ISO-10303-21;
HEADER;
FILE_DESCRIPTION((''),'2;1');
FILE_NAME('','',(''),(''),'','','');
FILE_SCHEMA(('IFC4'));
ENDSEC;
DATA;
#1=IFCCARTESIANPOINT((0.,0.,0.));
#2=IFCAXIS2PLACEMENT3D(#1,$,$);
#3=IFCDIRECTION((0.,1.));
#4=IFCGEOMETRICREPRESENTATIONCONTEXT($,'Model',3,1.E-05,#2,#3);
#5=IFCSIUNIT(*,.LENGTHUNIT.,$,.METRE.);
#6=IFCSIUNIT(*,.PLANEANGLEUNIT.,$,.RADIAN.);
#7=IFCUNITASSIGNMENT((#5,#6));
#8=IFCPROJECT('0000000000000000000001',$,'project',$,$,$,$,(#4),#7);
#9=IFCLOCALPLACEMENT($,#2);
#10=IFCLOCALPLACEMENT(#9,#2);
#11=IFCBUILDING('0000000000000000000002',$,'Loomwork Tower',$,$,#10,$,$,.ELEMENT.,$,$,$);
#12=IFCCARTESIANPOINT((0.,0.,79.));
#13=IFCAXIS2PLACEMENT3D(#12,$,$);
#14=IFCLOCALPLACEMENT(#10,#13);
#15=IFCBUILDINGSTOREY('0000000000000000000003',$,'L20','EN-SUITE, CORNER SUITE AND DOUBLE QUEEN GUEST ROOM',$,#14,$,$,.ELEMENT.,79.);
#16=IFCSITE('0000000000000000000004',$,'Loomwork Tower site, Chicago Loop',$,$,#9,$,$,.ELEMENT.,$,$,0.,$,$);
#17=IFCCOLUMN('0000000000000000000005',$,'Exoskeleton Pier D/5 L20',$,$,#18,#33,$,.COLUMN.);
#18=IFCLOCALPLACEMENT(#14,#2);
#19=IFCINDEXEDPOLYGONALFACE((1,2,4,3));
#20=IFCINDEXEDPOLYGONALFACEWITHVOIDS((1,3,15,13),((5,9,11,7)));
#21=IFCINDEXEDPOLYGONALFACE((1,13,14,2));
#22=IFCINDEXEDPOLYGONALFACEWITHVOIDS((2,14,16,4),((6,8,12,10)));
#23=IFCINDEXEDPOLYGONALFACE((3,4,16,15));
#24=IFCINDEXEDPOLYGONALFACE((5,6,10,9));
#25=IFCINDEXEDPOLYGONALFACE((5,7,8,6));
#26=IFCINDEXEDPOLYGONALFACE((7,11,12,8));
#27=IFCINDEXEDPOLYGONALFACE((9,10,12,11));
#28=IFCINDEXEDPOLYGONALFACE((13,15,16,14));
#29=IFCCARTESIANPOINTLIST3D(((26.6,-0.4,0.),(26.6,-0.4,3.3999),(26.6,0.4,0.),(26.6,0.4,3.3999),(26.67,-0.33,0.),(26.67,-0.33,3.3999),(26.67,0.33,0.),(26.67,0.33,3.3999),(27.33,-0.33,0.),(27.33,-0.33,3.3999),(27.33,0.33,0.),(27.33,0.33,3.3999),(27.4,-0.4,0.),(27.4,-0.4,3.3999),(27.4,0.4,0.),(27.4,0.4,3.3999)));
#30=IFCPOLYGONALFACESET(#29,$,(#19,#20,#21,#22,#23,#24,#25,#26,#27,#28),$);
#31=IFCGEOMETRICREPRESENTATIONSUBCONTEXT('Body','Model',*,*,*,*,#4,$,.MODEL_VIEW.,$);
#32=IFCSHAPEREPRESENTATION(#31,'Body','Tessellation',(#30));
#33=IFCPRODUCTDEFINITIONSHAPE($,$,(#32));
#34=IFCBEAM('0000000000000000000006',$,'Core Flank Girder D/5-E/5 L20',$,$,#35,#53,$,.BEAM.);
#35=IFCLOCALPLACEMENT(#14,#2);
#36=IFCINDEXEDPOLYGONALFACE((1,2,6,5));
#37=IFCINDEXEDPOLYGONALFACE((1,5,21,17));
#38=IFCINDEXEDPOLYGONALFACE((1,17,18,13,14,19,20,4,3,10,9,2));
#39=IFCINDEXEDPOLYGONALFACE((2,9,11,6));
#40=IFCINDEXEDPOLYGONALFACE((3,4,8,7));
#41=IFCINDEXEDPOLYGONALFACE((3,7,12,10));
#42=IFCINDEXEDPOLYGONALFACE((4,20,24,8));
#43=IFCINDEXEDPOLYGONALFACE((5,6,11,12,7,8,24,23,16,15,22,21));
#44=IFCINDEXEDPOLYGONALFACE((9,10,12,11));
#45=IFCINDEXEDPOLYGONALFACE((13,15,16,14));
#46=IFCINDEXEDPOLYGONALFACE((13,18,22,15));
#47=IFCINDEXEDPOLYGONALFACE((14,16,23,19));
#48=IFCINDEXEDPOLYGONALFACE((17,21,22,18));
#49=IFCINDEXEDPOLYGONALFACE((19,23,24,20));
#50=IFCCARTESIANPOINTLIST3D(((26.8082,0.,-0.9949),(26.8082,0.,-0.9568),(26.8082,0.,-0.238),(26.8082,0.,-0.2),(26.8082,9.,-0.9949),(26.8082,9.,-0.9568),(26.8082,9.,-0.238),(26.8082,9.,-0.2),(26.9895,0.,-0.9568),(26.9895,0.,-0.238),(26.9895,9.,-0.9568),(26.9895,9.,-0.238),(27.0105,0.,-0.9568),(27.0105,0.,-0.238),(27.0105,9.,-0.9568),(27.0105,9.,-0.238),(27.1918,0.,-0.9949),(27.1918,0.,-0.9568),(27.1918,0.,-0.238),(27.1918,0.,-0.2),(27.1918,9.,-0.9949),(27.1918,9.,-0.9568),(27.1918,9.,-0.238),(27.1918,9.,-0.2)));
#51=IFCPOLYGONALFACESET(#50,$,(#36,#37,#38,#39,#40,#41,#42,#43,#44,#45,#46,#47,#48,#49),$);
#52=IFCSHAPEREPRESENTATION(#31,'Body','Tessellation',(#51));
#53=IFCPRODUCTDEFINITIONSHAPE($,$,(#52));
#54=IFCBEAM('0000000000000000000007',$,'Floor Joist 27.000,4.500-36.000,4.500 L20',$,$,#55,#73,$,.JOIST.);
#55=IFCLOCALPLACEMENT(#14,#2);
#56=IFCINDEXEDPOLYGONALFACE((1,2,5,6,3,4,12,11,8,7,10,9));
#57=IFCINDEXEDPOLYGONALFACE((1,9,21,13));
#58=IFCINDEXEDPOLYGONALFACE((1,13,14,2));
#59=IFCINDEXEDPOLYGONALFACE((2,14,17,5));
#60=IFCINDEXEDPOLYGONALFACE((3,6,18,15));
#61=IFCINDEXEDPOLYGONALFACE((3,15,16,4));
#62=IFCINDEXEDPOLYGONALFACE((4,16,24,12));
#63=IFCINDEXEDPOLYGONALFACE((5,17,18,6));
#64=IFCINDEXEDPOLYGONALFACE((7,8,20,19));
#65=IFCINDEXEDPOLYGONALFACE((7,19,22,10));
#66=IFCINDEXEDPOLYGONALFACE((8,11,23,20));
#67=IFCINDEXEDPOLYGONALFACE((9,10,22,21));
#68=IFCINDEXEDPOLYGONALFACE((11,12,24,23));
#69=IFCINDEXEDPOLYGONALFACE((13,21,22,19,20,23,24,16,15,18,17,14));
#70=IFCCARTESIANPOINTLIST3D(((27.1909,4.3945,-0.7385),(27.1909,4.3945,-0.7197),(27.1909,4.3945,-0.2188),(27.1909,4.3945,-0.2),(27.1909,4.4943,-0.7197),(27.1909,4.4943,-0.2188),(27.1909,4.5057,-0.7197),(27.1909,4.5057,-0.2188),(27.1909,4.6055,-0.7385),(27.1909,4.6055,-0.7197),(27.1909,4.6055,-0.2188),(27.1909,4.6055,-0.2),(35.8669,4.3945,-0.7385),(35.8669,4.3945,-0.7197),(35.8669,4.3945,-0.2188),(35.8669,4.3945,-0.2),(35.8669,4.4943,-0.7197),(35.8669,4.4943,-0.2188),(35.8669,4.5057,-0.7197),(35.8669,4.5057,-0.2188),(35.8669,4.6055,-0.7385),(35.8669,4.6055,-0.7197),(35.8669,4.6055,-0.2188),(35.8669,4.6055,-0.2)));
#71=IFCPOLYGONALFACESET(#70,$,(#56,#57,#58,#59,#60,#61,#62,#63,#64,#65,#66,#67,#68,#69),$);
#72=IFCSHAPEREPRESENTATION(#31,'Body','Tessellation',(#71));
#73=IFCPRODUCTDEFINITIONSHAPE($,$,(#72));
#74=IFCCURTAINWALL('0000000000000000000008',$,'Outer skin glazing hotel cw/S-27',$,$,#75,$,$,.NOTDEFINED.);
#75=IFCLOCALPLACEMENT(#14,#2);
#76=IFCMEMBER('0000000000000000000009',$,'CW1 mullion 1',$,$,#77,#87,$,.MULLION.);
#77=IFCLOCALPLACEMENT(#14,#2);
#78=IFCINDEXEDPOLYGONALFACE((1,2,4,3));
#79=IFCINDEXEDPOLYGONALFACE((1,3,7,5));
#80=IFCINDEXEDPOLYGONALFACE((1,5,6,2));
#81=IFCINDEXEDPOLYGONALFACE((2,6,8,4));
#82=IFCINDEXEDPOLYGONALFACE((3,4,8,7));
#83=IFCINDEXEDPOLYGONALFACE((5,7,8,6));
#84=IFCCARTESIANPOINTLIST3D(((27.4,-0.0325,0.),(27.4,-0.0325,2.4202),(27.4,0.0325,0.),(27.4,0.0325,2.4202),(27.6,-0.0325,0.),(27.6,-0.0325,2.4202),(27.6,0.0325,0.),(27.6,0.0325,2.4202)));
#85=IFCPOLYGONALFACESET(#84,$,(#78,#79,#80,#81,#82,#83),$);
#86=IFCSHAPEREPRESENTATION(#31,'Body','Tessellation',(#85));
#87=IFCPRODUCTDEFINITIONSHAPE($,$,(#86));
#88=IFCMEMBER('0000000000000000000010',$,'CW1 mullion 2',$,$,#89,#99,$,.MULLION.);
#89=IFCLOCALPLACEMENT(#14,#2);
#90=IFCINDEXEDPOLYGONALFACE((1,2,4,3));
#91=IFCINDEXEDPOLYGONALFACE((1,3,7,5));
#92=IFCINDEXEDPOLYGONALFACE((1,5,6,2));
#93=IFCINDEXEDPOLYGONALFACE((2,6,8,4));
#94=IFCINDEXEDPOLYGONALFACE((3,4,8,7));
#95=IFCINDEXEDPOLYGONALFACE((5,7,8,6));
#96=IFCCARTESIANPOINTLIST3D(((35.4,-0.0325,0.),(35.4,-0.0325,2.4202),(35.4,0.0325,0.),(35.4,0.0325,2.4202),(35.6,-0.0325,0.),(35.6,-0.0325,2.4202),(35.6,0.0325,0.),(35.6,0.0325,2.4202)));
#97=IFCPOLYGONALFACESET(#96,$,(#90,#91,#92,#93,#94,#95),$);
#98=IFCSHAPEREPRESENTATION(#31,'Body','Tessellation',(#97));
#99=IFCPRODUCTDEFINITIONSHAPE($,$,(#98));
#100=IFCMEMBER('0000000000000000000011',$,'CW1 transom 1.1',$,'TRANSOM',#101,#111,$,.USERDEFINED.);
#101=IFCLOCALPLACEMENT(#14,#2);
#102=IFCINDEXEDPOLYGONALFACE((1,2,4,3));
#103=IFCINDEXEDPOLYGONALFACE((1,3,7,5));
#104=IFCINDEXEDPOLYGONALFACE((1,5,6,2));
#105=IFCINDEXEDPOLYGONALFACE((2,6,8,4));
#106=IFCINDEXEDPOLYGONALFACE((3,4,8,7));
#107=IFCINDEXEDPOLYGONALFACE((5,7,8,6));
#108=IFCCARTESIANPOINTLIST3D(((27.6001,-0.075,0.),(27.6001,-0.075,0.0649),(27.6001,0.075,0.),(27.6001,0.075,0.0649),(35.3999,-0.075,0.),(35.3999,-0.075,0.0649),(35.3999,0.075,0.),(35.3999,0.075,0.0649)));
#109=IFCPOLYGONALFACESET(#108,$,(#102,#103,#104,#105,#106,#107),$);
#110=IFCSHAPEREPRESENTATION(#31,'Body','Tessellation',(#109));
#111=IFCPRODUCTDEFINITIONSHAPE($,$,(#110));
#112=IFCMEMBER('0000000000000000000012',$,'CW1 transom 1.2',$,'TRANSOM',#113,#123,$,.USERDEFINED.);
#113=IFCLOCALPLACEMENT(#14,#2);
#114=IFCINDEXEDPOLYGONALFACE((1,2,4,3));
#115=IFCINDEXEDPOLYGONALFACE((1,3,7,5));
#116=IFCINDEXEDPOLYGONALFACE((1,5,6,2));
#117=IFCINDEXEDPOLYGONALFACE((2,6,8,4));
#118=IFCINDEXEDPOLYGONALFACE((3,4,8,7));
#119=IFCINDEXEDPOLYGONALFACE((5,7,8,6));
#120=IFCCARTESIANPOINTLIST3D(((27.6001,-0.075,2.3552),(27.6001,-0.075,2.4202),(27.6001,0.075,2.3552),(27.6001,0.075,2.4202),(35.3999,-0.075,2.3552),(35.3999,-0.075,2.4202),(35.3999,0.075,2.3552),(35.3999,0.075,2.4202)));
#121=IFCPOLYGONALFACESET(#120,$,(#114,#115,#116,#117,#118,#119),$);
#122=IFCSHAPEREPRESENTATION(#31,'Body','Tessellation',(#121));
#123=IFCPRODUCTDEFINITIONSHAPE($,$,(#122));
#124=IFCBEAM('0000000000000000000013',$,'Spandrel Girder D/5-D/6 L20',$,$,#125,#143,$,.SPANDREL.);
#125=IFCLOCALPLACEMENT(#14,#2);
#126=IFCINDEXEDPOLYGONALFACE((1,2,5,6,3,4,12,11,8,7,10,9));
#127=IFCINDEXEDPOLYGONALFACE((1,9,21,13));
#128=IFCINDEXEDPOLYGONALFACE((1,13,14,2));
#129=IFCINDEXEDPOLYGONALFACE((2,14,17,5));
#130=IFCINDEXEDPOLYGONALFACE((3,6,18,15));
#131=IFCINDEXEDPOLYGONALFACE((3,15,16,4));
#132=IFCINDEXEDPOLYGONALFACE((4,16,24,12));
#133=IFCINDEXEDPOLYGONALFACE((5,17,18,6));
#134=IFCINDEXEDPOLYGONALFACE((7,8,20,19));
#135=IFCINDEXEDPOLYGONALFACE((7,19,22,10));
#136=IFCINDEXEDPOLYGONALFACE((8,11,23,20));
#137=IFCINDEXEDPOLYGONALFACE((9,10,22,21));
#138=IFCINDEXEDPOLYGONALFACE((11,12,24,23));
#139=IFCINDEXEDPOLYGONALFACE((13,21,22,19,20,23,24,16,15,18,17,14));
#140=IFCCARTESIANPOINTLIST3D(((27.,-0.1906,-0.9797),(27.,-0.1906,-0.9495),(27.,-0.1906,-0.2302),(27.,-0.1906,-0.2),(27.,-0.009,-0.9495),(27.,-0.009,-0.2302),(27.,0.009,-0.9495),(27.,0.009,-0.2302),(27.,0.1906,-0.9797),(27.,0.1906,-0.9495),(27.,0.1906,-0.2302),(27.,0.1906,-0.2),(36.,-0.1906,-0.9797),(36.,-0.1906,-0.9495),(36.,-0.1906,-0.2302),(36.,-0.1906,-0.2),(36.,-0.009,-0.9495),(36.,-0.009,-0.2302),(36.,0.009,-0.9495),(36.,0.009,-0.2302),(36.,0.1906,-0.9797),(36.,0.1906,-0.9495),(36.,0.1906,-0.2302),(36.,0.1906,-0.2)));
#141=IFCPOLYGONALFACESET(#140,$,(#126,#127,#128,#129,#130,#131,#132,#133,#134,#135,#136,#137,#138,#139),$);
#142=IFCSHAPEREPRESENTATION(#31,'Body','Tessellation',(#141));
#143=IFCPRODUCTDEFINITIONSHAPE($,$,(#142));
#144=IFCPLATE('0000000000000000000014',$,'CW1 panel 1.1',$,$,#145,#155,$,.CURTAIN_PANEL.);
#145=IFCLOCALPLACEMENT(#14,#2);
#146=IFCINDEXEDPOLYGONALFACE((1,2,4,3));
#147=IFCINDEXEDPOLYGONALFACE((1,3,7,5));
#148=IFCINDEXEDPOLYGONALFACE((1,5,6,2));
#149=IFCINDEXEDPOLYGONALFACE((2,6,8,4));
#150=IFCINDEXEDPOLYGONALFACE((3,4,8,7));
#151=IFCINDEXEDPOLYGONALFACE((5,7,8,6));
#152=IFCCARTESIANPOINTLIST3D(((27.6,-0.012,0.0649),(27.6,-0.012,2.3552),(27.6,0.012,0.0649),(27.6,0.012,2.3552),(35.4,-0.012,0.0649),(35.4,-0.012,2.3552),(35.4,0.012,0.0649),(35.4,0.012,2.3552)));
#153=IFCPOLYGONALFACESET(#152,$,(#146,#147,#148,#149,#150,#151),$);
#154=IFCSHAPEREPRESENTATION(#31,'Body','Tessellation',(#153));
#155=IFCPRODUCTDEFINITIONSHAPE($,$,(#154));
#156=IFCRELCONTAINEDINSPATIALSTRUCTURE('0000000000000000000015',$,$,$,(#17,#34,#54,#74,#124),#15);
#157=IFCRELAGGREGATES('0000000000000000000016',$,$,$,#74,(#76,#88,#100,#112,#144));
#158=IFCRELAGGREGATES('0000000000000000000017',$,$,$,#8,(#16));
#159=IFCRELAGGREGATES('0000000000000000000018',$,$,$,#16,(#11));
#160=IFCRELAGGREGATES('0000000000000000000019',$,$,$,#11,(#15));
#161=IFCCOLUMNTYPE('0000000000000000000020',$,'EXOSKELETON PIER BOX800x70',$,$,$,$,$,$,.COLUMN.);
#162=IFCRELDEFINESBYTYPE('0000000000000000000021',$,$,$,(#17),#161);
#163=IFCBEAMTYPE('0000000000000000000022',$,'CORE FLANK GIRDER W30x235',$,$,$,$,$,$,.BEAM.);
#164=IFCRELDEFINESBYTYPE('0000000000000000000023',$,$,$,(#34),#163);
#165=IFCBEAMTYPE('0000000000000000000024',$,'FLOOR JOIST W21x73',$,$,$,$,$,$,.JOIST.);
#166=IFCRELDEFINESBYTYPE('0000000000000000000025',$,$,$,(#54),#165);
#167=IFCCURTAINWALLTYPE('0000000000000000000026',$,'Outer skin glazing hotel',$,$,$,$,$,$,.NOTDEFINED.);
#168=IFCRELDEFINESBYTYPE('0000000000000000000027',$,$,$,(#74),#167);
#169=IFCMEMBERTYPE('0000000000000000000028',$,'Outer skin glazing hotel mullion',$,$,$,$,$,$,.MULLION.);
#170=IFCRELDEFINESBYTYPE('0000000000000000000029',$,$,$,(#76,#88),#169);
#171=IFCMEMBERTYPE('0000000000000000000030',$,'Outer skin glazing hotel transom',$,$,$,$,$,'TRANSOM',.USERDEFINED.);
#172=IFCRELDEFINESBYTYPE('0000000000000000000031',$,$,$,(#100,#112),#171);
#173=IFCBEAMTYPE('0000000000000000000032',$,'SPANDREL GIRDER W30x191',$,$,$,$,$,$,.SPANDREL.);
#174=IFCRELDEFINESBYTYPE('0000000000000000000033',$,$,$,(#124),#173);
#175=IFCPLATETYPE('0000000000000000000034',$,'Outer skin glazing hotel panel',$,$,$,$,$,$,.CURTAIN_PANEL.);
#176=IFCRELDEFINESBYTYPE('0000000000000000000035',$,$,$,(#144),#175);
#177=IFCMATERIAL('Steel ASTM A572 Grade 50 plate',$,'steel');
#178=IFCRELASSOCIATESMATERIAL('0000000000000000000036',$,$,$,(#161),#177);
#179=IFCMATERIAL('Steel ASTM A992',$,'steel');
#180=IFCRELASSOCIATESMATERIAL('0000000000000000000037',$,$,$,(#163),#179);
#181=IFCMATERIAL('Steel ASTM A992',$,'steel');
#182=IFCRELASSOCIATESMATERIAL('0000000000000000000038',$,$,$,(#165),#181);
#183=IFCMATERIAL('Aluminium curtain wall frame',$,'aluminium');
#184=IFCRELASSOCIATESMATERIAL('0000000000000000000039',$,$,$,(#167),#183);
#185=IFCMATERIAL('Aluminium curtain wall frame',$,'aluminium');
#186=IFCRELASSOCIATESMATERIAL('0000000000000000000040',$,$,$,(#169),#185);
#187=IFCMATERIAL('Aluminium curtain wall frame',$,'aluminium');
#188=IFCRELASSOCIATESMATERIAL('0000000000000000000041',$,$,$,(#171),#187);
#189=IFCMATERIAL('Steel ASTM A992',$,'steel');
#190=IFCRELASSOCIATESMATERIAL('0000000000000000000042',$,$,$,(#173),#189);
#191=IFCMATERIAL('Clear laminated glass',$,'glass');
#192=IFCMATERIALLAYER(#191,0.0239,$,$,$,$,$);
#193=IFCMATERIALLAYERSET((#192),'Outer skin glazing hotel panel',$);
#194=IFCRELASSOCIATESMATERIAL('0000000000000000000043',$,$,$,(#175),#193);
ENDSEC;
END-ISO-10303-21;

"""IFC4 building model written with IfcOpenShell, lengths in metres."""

from ifc_helpers import new_model, si_unit, direction, frame, origin, origin_2d, place, context, subcontext, project, spatial, rectangle, hollow_rectangle, i_section, extrude, material, layer, layer_set, material_profile, profile_set, type_object, element, aggregate, save


model = new_model("IFC4")

# Units and contexts
model_context = context("Model", 3, precision=1e-05, world=origin(), true_north=direction((0.0, 1.0)))
body_context = subcontext(model_context, "Body", "Model", "MODEL_VIEW")
ifc_project = project(units=[si_unit("LENGTHUNIT", "METRE"), si_unit("PLANEANGLEUNIT", "RADIAN")], contexts=[model_context])

# Site, building, storey
site_placement = place(None, origin())
site = spatial("IfcSite", under=ifc_project, at=site_placement, Name="Loomwork Tower site, Chicago Loop", CompositionType="ELEMENT", RefElevation=0.0)
building_placement = place(site_placement, origin())
building = spatial("IfcBuilding", under=site, at=building_placement, Name="Loomwork Tower", CompositionType="ELEMENT")
storey_placement = place(building_placement, frame((0.0, 0.0, 79.0)))
storey = spatial("IfcBuildingStorey", under=building, at=storey_placement, Name="L20", Description="EN-SUITE, CORNER SUITE AND DOUBLE QUEEN GUEST ROOM", CompositionType="ELEMENT", Elevation=79.0)

# Column
ifc_material_1 = material(Name="Steel ASTM A572 Grade 50 plate", Category="steel")
ifc_material_profile_1 = material_profile(ifc_material_1, hollow_rectangle(XDim=0.8, YDim=0.8, WallThickness=0.0701, at=origin_2d()), Name="BOX800x70")
ifc_profile_set_1 = profile_set([ifc_material_profile_1], Name="Steel ASTM A572 Grade 50 plate")
column_type = type_object("IfcColumnType", Name="EXOSKELETON PIER BOX800x70", PredefinedType="COLUMN", material=ifc_profile_set_1)
column_placement = place(storey_placement, frame((27.0, 0.0, 0.0), z_axis=(0.0, 0.0, 1.0), x_axis=(1.0, 0.0, 0.0)))
element("IfcColumn", 1, at=column_placement, inside=storey, type_object=column_type, Name="Exoskeleton Pier D/5 L20", PredefinedType="COLUMN", context=body_context, shape_type="SweptSolid", body=[
    extrude(hollow_rectangle(XDim=0.8, YDim=0.8, WallThickness=0.0701, at=origin_2d()), origin(), (0.0, 0.0, 1.0), 3.3999),
])

# Beams
ifc_material_2 = material(Name="Steel ASTM A992", Category="steel")
ifc_material_profile_2 = material_profile(ifc_material_2, i_section(OverallWidth=0.3835, OverallDepth=0.7949, WebThickness=0.021, FlangeThickness=0.0381, at=origin_2d()), Name="W30x235")
ifc_profile_set_2 = profile_set([ifc_material_profile_2], Name="Steel ASTM A992")
beam_type_1 = type_object("IfcBeamType", Name="CORE FLANK GIRDER W30x235", PredefinedType="BEAM", material=ifc_profile_set_2)
beam_1_placement = place(storey_placement, frame((27.0, 0.0, -0.5974), z_axis=(0.0, 1.0, 0.0), x_axis=(-1.0, 0.0, 0.0)))
element("IfcBeam", 2, at=beam_1_placement, inside=storey, type_object=beam_type_1, Name="Core Flank Girder D/5-E/5 L20", PredefinedType="BEAM", context=body_context, shape_type="SweptSolid", body=[
    extrude(i_section(OverallWidth=0.3835, OverallDepth=0.7949, WebThickness=0.021, FlangeThickness=0.0381, at=origin_2d()), origin(), (0.0, 0.0, 1.0), 9.0),
])
ifc_material_3 = material(Name="Steel ASTM A992", Category="steel")
ifc_material_profile_3 = material_profile(ifc_material_3, i_section(OverallWidth=0.2109, OverallDepth=0.5386, WebThickness=0.0115, FlangeThickness=0.0188, at=origin_2d()), Name="W21x73")
ifc_profile_set_3 = profile_set([ifc_material_profile_3], Name="Steel ASTM A992")
beam_type_2 = type_object("IfcBeamType", Name="FLOOR JOIST W21x73", PredefinedType="JOIST", material=ifc_profile_set_3)
beam_2_placement = place(storey_placement, frame((27.1909, 4.5, -0.4692), z_axis=(1.0, 0.0, 0.0), x_axis=(0.0, 1.0, 0.0)))
element("IfcBeam", 3, at=beam_2_placement, inside=storey, type_object=beam_type_2, Name="Floor Joist 27.000,4.500-36.000,4.500 L20", PredefinedType="JOIST", context=body_context, shape_type="SweptSolid", body=[
    extrude(i_section(OverallWidth=0.2109, OverallDepth=0.5386, WebThickness=0.0115, FlangeThickness=0.0188, at=origin_2d()), origin(), (0.0, 0.0, 1.0), 8.676),
])

# Curtain wall, members
ifc_material_4 = material(Name="Aluminium curtain wall frame", Category="aluminium")
curtain_wall_type = type_object("IfcCurtainWallType", Name="Outer skin glazing hotel", PredefinedType="NOTDEFINED", material=ifc_material_4)
curtain_wall_placement = place(storey_placement, origin())
curtain_wall = element("IfcCurtainWall", 4, at=curtain_wall_placement, inside=storey, type_object=curtain_wall_type, Name="Outer skin glazing hotel cw/S-27", PredefinedType="NOTDEFINED")
ifc_material_5 = material(Name="Aluminium curtain wall frame", Category="aluminium")
ifc_material_profile_4 = material_profile(ifc_material_5, rectangle(XDim=0.0649, YDim=0.2, at=origin_2d()), Name="AL 65x200")
ifc_profile_set_4 = profile_set([ifc_material_profile_4], Name="Aluminium curtain wall frame")
member_type_1 = type_object("IfcMemberType", Name="Outer skin glazing hotel mullion", PredefinedType="MULLION", material=ifc_profile_set_4)
member_1_placement = place(storey_placement, frame((27.5, 0.0, 0.0), z_axis=(0.0, 0.0, 1.0), x_axis=(0.0, 1.0, 0.0)))
member_1 = element("IfcMember", 5, at=member_1_placement, type_object=member_type_1, Name="CW1 mullion 1", PredefinedType="MULLION", context=body_context, shape_type="SweptSolid", body=[
    extrude(rectangle(XDim=0.0649, YDim=0.2, at=origin_2d()), origin(), (0.0, 0.0, 1.0), 2.4202),
])
member_2_placement = place(storey_placement, frame((35.5, 0.0, 0.0), z_axis=(0.0, 0.0, 1.0), x_axis=(0.0, 1.0, 0.0)))
member_2 = element("IfcMember", 6, at=member_2_placement, type_object=member_type_1, Name="CW1 mullion 2", PredefinedType="MULLION", context=body_context, shape_type="SweptSolid", body=[
    extrude(rectangle(XDim=0.0649, YDim=0.2, at=origin_2d()), origin(), (0.0, 0.0, 1.0), 2.4202),
])
ifc_material_6 = material(Name="Aluminium curtain wall frame", Category="aluminium")
ifc_material_profile_5 = material_profile(ifc_material_6, rectangle(XDim=0.1499, YDim=0.0649, at=origin_2d()), Name="AL 65x150")
ifc_profile_set_5 = profile_set([ifc_material_profile_5], Name="Aluminium curtain wall frame")
member_type_2 = type_object("IfcMemberType", Name="Outer skin glazing hotel transom", ElementType="TRANSOM", PredefinedType="USERDEFINED", material=ifc_profile_set_5)
member_3_placement = place(storey_placement, frame((27.6001, 0.0, 0.0325), z_axis=(1.0, 0.0, 0.0), x_axis=(0.0, 1.0, 0.0)))
member_3 = element("IfcMember", 7, at=member_3_placement, type_object=member_type_2, Name="CW1 transom 1.1", ObjectType="TRANSOM", PredefinedType="USERDEFINED", context=body_context, shape_type="SweptSolid", body=[
    extrude(rectangle(XDim=0.1499, YDim=0.0649, at=origin_2d()), origin(), (0.0, 0.0, 1.0), 7.7998),
])
member_4_placement = place(storey_placement, frame((27.6001, 0.0, 2.3877), z_axis=(1.0, 0.0, 0.0), x_axis=(0.0, 1.0, 0.0)))
member_4 = element("IfcMember", 8, at=member_4_placement, type_object=member_type_2, Name="CW1 transom 1.2", ObjectType="TRANSOM", PredefinedType="USERDEFINED", context=body_context, shape_type="SweptSolid", body=[
    extrude(rectangle(XDim=0.1499, YDim=0.0649, at=origin_2d()), origin(), (0.0, 0.0, 1.0), 7.7998),
])

# Beam
ifc_material_7 = material(Name="Steel ASTM A992", Category="steel")
ifc_material_profile_6 = material_profile(ifc_material_7, i_section(OverallWidth=0.3811, OverallDepth=0.7798, WebThickness=0.0181, FlangeThickness=0.0303, at=origin_2d()), Name="W30x191")
ifc_profile_set_6 = profile_set([ifc_material_profile_6], Name="Steel ASTM A992")
beam_type_3 = type_object("IfcBeamType", Name="SPANDREL GIRDER W30x191", PredefinedType="SPANDREL", material=ifc_profile_set_6)
beam_3_placement = place(storey_placement, frame((27.0, 0.0, -0.5898), z_axis=(1.0, 0.0, 0.0), x_axis=(0.0, 1.0, 0.0)))
element("IfcBeam", 9, at=beam_3_placement, inside=storey, type_object=beam_type_3, Name="Spandrel Girder D/5-D/6 L20", PredefinedType="SPANDREL", context=body_context, shape_type="SweptSolid", body=[
    extrude(i_section(OverallWidth=0.3811, OverallDepth=0.7798, WebThickness=0.0181, FlangeThickness=0.0303, at=origin_2d()), origin(), (0.0, 0.0, 1.0), 9.0),
])

# Plate
ifc_material_8 = material(Name="Clear laminated glass", Category="glass")
ifc_layer_1 = layer(ifc_material_8, 0.0239)
ifc_layer_set_1 = layer_set([ifc_layer_1], Name="Outer skin glazing hotel panel")
plate_type = type_object("IfcPlateType", Name="Outer skin glazing hotel panel", PredefinedType="CURTAIN_PANEL", material=ifc_layer_set_1)
plate_placement = place(storey_placement, frame((31.5, 0.0, 0.0649), z_axis=(0.0, 0.0, 1.0), x_axis=(1.0, 0.0, 0.0)))
plate = element("IfcPlate", 10, at=plate_placement, type_object=plate_type, Name="CW1 panel 1.1", PredefinedType="CURTAIN_PANEL", context=body_context, shape_type="SweptSolid", body=[
    extrude(rectangle(XDim=7.8, YDim=0.0239, at=origin_2d()), origin(), (0.0, 0.0, 1.0), 2.2903),
])
aggregate(curtain_wall, [member_1, member_2, member_3, member_4, plate])

save(model, "model.ifc")
